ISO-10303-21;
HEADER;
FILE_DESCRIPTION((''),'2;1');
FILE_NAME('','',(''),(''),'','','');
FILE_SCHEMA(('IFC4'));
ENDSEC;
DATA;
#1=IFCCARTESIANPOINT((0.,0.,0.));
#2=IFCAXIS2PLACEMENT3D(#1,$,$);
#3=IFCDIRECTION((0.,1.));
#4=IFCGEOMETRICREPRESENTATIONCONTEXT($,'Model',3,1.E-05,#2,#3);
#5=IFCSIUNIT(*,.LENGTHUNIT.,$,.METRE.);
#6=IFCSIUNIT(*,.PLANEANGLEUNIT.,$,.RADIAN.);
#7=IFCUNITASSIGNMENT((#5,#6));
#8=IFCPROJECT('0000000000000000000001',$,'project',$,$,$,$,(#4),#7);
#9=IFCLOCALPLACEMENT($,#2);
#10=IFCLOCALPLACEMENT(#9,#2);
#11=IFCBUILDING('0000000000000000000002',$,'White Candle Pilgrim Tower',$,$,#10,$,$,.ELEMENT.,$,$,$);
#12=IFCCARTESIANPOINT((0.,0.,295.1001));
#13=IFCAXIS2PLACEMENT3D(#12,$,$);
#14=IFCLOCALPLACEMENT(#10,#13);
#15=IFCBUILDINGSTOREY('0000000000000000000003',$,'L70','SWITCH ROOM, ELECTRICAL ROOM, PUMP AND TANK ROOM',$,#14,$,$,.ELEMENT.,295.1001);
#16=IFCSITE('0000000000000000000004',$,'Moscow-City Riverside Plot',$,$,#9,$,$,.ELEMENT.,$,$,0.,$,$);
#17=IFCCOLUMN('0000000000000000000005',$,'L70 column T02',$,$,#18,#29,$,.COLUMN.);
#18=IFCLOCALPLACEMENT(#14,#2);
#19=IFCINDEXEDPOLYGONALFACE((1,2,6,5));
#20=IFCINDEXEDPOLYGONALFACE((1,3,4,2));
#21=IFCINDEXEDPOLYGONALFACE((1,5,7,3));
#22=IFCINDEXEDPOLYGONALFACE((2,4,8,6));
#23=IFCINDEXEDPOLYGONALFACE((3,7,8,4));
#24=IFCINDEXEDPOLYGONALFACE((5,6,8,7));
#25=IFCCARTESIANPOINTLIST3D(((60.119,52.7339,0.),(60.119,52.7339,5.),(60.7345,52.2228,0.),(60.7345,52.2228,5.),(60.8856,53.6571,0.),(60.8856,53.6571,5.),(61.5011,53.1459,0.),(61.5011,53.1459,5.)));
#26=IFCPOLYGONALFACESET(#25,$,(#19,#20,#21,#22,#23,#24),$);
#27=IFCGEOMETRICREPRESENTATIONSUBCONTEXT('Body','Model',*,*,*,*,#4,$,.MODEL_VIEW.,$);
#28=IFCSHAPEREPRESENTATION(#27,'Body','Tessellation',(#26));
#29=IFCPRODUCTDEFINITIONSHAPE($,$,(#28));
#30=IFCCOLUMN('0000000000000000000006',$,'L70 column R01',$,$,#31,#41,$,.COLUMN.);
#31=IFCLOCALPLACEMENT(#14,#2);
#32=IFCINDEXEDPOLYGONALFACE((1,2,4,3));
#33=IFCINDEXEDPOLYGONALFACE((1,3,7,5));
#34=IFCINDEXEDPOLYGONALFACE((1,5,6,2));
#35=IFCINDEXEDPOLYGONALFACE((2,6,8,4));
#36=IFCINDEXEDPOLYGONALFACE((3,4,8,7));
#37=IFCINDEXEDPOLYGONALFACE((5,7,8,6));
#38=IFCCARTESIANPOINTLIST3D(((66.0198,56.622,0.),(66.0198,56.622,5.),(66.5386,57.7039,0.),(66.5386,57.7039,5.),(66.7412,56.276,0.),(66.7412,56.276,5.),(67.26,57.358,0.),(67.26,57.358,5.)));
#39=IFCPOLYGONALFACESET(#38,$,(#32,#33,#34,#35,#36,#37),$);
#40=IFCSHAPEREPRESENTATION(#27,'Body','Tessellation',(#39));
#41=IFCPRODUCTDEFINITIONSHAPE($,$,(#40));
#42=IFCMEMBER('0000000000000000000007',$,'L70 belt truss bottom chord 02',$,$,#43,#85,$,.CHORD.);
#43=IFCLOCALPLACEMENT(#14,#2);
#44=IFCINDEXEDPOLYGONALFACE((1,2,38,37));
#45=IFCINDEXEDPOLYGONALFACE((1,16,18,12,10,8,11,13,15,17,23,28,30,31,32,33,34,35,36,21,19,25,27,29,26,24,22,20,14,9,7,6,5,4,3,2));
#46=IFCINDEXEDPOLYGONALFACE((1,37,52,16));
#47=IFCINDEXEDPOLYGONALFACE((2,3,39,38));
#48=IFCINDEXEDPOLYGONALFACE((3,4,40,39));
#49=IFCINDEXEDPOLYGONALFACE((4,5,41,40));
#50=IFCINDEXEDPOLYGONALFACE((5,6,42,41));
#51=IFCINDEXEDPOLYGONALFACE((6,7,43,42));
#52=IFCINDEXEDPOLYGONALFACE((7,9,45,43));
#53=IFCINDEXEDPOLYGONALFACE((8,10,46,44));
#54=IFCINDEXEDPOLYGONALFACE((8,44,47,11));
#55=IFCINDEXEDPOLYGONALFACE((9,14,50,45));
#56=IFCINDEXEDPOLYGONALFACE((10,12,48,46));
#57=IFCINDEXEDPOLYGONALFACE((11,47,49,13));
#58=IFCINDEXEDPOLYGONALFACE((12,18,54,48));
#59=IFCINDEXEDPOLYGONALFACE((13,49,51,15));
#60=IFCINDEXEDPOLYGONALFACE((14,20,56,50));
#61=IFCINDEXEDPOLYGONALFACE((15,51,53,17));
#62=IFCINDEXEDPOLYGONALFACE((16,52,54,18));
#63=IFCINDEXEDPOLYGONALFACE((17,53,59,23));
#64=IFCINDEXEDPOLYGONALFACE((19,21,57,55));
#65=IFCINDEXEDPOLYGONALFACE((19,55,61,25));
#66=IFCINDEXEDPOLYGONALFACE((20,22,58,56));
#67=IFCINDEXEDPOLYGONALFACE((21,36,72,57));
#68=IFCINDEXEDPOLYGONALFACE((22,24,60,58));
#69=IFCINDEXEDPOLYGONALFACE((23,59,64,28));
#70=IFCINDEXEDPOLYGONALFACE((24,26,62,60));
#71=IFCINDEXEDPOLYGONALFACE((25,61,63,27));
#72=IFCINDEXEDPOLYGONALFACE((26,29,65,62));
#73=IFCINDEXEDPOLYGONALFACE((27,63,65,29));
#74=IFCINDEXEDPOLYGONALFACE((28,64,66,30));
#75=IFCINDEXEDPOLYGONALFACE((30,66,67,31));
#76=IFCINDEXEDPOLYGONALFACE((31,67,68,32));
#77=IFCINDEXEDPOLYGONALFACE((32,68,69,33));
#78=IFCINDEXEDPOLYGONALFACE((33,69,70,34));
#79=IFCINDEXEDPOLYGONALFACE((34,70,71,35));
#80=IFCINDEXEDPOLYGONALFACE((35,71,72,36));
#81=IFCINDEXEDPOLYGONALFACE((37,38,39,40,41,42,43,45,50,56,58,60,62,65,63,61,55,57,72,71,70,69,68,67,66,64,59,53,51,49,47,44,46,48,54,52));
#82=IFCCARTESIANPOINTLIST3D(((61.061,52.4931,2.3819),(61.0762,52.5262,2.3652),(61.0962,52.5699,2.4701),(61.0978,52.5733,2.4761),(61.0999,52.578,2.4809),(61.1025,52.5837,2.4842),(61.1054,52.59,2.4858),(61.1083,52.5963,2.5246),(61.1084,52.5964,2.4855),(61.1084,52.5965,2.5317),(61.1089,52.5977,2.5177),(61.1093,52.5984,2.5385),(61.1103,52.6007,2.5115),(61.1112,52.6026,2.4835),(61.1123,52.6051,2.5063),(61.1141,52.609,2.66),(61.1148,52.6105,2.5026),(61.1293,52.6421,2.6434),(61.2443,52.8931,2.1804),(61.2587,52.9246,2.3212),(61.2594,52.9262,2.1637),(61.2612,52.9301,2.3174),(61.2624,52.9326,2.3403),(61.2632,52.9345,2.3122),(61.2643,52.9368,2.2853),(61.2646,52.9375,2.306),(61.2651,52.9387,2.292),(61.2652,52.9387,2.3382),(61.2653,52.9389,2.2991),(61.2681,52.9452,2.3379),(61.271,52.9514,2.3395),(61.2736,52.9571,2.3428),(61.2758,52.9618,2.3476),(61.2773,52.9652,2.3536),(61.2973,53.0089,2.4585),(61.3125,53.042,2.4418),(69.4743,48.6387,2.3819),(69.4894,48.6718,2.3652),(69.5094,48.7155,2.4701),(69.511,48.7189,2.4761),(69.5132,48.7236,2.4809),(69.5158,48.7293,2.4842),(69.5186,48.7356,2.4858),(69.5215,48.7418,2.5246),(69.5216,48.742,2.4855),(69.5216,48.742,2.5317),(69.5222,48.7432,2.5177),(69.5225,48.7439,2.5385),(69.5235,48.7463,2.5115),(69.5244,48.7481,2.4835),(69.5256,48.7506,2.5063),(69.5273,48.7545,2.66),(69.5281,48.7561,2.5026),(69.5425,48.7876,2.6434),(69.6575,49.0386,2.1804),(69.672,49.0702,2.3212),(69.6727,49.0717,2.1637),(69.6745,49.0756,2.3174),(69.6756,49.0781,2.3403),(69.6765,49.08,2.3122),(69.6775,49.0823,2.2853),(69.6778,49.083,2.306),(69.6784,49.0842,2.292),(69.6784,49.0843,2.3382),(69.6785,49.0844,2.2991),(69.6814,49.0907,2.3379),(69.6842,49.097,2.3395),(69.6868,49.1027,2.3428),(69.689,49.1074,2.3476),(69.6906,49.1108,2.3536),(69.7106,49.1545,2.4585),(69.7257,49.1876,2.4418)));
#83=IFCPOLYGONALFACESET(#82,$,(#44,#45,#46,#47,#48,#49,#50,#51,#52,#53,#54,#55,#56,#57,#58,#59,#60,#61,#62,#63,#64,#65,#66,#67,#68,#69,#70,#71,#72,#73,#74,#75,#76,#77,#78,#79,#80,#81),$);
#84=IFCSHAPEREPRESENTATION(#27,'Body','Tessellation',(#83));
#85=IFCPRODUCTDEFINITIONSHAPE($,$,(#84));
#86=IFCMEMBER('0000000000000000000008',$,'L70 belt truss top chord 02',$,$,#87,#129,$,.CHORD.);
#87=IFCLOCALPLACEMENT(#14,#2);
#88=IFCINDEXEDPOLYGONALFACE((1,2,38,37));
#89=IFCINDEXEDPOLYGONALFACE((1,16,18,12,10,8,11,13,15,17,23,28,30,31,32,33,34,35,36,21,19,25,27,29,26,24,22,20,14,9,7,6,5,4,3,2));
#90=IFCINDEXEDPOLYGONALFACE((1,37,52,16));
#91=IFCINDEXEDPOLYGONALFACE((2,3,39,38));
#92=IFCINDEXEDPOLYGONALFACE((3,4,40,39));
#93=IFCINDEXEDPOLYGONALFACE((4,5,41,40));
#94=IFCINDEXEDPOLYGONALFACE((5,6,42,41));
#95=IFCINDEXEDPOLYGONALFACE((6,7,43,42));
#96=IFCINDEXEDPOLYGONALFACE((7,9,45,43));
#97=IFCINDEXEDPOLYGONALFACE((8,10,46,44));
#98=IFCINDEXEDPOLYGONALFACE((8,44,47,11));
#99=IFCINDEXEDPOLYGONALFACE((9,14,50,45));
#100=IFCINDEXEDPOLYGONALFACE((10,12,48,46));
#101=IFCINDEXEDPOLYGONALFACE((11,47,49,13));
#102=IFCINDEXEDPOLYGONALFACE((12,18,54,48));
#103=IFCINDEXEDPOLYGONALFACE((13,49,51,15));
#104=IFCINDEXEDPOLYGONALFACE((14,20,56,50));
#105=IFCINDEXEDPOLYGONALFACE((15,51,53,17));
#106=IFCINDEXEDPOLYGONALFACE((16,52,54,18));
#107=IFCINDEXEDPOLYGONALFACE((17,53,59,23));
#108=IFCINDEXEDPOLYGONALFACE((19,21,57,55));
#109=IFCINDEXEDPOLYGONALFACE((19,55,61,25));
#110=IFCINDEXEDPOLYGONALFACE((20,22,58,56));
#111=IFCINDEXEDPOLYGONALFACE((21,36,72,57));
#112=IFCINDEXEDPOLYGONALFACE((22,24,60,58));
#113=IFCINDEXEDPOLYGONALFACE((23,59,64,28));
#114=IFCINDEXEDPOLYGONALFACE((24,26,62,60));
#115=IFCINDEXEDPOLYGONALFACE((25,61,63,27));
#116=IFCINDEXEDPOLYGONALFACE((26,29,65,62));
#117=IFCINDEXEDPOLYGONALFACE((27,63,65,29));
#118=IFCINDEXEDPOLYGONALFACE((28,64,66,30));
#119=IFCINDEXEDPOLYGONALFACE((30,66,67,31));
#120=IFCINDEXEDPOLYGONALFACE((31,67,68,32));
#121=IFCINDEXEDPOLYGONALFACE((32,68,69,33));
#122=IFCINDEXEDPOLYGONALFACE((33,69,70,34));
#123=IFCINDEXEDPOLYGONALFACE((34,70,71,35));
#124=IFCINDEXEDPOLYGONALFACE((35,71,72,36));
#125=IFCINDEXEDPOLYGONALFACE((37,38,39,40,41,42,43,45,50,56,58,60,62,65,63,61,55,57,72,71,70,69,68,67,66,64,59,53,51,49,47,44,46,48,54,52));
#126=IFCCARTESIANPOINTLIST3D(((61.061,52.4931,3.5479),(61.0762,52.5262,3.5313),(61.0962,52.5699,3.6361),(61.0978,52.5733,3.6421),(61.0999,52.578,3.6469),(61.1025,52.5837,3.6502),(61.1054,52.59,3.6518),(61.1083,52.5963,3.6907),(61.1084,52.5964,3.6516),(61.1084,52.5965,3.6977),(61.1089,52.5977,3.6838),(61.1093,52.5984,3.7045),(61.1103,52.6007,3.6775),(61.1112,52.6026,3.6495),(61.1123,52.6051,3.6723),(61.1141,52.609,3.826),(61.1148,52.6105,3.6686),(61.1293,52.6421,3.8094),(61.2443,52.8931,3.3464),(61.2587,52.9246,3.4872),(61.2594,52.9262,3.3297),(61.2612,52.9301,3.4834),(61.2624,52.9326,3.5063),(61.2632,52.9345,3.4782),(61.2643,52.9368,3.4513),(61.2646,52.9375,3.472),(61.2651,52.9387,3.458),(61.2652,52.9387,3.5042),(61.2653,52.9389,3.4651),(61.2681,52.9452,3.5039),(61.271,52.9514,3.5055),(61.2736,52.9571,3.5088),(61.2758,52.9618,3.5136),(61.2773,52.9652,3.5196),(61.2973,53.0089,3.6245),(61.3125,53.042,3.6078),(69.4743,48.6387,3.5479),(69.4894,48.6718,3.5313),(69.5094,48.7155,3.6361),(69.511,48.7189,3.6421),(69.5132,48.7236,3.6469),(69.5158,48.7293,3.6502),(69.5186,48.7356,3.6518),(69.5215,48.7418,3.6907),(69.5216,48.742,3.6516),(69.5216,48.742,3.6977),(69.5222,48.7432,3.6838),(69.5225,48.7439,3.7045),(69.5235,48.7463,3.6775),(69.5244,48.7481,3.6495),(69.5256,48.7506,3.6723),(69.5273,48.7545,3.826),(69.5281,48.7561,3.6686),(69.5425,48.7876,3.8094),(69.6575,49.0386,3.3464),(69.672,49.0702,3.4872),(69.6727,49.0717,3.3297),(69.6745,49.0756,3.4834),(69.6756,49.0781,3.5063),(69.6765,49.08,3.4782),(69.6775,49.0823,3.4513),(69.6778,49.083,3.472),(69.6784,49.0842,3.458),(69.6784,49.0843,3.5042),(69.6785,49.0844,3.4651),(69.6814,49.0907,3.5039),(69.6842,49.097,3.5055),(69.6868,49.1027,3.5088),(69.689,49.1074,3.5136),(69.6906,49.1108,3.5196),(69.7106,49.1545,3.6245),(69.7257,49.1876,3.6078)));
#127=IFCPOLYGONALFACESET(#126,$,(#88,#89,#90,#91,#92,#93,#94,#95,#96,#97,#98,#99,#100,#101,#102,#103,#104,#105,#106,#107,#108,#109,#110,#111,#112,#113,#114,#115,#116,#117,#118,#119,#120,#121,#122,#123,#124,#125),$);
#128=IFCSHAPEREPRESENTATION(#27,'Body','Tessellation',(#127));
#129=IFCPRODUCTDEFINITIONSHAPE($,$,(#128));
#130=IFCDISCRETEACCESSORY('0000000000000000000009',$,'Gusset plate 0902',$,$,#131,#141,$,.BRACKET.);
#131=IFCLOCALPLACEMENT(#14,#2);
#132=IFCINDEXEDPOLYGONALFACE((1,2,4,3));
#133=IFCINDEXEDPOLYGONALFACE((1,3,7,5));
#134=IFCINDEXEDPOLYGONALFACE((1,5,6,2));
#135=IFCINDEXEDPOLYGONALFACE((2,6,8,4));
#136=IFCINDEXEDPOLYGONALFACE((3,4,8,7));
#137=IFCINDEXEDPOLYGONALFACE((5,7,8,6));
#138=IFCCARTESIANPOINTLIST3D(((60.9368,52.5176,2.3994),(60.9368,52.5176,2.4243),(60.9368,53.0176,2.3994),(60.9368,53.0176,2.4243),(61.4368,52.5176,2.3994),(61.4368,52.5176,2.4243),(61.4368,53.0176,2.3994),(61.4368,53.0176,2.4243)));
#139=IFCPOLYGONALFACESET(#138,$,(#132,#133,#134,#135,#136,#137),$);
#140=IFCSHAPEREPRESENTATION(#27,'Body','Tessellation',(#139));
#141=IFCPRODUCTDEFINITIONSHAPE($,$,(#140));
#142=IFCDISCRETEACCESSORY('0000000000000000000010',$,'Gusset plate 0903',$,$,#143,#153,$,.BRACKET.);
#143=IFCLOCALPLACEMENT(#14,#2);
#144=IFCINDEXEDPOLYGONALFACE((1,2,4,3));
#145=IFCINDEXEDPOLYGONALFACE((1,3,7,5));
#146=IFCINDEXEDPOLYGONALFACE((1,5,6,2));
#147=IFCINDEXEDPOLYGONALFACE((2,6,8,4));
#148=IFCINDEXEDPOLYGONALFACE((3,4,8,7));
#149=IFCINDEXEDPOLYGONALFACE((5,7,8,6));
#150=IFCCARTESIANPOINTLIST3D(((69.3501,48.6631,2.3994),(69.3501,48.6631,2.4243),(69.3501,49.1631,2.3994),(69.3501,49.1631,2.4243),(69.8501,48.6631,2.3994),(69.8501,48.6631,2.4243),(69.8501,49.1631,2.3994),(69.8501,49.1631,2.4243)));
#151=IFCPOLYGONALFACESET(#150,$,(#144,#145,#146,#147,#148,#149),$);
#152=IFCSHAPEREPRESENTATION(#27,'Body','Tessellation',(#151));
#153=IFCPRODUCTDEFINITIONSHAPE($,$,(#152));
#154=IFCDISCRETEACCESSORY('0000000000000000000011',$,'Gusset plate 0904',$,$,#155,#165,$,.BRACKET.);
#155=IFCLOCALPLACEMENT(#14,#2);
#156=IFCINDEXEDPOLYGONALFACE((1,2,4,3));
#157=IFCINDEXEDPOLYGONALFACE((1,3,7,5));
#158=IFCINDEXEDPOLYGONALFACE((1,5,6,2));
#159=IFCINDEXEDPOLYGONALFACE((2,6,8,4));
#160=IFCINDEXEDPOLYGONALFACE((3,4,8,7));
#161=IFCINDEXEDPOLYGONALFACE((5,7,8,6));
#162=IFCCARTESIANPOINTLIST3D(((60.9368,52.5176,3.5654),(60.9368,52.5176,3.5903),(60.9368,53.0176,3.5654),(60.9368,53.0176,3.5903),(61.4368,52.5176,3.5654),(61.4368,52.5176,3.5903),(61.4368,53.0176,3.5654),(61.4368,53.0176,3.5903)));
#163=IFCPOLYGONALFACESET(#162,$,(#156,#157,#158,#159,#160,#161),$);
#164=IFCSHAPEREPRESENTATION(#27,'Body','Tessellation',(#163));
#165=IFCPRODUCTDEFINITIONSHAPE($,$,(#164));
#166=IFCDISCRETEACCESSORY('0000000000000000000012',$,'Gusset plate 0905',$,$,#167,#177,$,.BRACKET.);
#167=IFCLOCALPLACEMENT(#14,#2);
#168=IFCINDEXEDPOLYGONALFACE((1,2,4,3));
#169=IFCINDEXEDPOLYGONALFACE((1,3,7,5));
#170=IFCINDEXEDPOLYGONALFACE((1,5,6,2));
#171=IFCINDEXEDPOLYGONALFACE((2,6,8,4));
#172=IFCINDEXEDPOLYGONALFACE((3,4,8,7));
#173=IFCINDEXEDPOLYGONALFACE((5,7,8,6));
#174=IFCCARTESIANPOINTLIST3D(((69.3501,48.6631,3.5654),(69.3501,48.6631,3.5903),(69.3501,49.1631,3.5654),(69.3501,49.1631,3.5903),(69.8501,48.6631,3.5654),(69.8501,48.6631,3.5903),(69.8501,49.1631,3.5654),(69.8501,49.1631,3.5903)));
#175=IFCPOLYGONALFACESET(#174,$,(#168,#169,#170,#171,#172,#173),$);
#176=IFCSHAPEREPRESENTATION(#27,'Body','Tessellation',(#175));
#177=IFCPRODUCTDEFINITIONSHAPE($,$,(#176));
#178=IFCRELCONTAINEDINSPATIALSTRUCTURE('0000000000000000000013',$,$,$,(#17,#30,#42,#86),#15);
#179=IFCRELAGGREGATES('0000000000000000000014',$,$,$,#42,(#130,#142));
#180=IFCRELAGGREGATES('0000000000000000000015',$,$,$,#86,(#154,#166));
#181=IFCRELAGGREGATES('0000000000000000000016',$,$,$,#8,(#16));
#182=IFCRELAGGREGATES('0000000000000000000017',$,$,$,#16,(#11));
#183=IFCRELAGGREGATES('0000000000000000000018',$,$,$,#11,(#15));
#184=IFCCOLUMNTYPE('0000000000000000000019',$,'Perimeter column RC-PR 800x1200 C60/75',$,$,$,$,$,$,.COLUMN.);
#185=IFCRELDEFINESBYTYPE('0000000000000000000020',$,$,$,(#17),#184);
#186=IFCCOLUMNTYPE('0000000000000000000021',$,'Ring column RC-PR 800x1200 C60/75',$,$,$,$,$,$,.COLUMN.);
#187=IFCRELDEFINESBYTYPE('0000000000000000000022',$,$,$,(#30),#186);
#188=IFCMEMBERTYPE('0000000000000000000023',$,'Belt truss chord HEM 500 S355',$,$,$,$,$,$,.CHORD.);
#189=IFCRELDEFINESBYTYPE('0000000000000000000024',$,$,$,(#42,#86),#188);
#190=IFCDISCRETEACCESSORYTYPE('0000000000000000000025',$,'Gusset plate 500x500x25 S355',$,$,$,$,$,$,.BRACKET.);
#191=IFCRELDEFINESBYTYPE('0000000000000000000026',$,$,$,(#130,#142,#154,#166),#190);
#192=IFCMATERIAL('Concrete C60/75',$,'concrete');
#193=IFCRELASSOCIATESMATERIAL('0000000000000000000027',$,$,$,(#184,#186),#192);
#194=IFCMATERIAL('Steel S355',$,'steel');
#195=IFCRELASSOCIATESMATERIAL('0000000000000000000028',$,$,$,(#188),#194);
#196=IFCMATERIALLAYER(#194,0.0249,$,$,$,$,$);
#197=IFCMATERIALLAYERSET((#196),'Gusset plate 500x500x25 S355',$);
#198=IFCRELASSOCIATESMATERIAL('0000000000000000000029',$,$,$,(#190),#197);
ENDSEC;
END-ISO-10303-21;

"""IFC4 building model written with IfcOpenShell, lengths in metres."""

from ifc_helpers import new_model, si_unit, direction, frame, origin, origin_2d, place, context, subcontext, project, spatial, rectangle, i_section, extrude, material, layer, layer_set, material_profile, profile_set, type_object, element, aggregate, save


model = new_model("IFC4")

# Units and contexts
model_context = context("Model", 3, precision=1e-05, world=origin(), true_north=direction((0.0, 1.0)))
body_context = subcontext(model_context, "Body", "Model", "MODEL_VIEW")
ifc_project = project(units=[si_unit("LENGTHUNIT", "METRE"), si_unit("PLANEANGLEUNIT", "RADIAN")], contexts=[model_context])

# Site, building, storey
site_placement = place(None, origin())
site = spatial("IfcSite", under=ifc_project, at=site_placement, Name="Moscow-City Riverside Plot", CompositionType="ELEMENT", RefElevation=0.0)
building_placement = place(site_placement, origin())
building = spatial("IfcBuilding", under=site, at=building_placement, Name="White Candle Pilgrim Tower", CompositionType="ELEMENT")
storey_placement = place(building_placement, frame((0.0, 0.0, 295.1001)))
storey = spatial("IfcBuildingStorey", under=building, at=storey_placement, Name="L70", Description="SWITCH ROOM, ELECTRICAL ROOM, PUMP AND TANK ROOM", CompositionType="ELEMENT", Elevation=295.1001)

# Columns
ifc_material_1 = material(Name="Concrete C60/75", Category="concrete")
ifc_material_profile_1 = material_profile(ifc_material_1, rectangle(XDim=0.8, YDim=1.2, at=origin_2d()), Name="RC-PR 800x1200")
ifc_profile_set_1 = profile_set([ifc_material_profile_1], Name="Concrete C60/75")
column_type_1 = type_object("IfcColumnType", Name="Perimeter column RC-PR 800x1200 C60/75", PredefinedType="COLUMN", material=ifc_profile_set_1)
column_1_placement = place(storey_placement, frame((60.8101, 52.9399, 0.0), z_axis=(0.0, 0.0, 1.0), x_axis=(-0.76931, 0.638875, 0.0)))
element("IfcColumn", 1, at=column_1_placement, inside=storey, type_object=column_type_1, Name="L70 column T02", PredefinedType="COLUMN", context=body_context, shape_type="SweptSolid", body=[
    extrude(rectangle(XDim=0.8, YDim=1.2, at=origin_2d()), origin(), (0.0, 0.0, 1.0), 5.0),
])
ifc_material_profile_2 = material_profile(ifc_material_1, rectangle(XDim=0.8, YDim=1.2, at=origin_2d()), Name="RC-PR 800x1200")
ifc_profile_set_2 = profile_set([ifc_material_profile_2], Name="Concrete C60/75")
column_type_2 = type_object("IfcColumnType", Name="Ring column RC-PR 800x1200 C60/75", PredefinedType="COLUMN", material=ifc_profile_set_2)
column_2_placement = place(storey_placement, frame((66.6399, 56.99, 0.0), z_axis=(0.0, 0.0, 1.0), x_axis=(-0.901689, 0.432385, 0.0)))
element("IfcColumn", 2, at=column_2_placement, inside=storey, type_object=column_type_2, Name="L70 column R01", PredefinedType="COLUMN", context=body_context, shape_type="SweptSolid", body=[
    extrude(rectangle(XDim=0.8, YDim=1.2, at=origin_2d()), origin(), (0.0, 0.0, 1.0), 5.0),
])

# Members
ifc_material_2 = material(Name="Steel S355", Category="steel")
ifc_material_profile_3 = material_profile(ifc_material_2, i_section(OverallWidth=0.3059, OverallDepth=0.5239, WebThickness=0.021, FlangeThickness=0.04, FilletRadius=0.0271, at=origin_2d()), Name="HEM 500")
ifc_profile_set_3 = profile_set([ifc_material_profile_3], Name="Steel S355")
member_type_1 = type_object("IfcMemberType", Name="Belt truss chord HEM 500 S355", PredefinedType="CHORD", material=ifc_profile_set_3)
member_1_placement = place(storey_placement, frame((61.1868, 52.7676, 2.4119), z_axis=(0.909131, -0.41651, 0.0), x_axis=(0.173474, 0.378648, 0.909138)))
member_1 = element("IfcMember", 3, at=member_1_placement, inside=storey, type_object=member_type_1, Name="L70 belt truss bottom chord 02", PredefinedType="CHORD", context=body_context, shape_type="SweptSolid", body=[
    extrude(i_section(OverallWidth=0.3059, OverallDepth=0.5239, WebThickness=0.021, FlangeThickness=0.04, FilletRadius=0.0271, at=origin_2d()), origin(), (0.0, 0.0, 1.0), 9.2542),
])
member_2_placement = place(storey_placement, frame((61.1868, 52.7676, 3.5779), z_axis=(0.909131, -0.41651, 0.0), x_axis=(0.173474, 0.378648, 0.909138)))
member_2 = element("IfcMember", 4, at=member_2_placement, inside=storey, type_object=member_type_1, Name="L70 belt truss top chord 02", PredefinedType="CHORD", context=body_context, shape_type="SweptSolid", body=[
    extrude(i_section(OverallWidth=0.3059, OverallDepth=0.5239, WebThickness=0.021, FlangeThickness=0.04, FilletRadius=0.0271, at=origin_2d()), origin(), (0.0, 0.0, 1.0), 9.2542),
])

# Discrete accessories
ifc_layer_1 = layer(ifc_material_2, 0.0249)
ifc_layer_set_1 = layer_set([ifc_layer_1], Name="Gusset plate 500x500x25 S355")
discrete_accessory_type = type_object("IfcDiscreteAccessoryType", Name="Gusset plate 500x500x25 S355", PredefinedType="BRACKET", material=ifc_layer_set_1)
discrete_accessory_1_placement = place(storey_placement, frame((61.1868, 52.7676, 2.3994), z_axis=(0.0, 0.0, 1.0), x_axis=(1.0, 0.0, 0.0)))
discrete_accessory_1 = element("IfcDiscreteAccessory", 5, at=discrete_accessory_1_placement, type_object=discrete_accessory_type, Name="Gusset plate 0902", PredefinedType="BRACKET", context=body_context, shape_type="SweptSolid", body=[
    extrude(rectangle(XDim=0.5, YDim=0.5, at=origin_2d()), origin(), (0.0, 0.0, 1.0), 0.0249),
])
discrete_accessory_2_placement = place(storey_placement, frame((69.6001, 48.9131, 2.3994), z_axis=(0.0, 0.0, 1.0), x_axis=(1.0, 0.0, 0.0)))
discrete_accessory_2 = element("IfcDiscreteAccessory", 6, at=discrete_accessory_2_placement, type_object=discrete_accessory_type, Name="Gusset plate 0903", PredefinedType="BRACKET", context=body_context, shape_type="SweptSolid", body=[
    extrude(rectangle(XDim=0.5, YDim=0.5, at=origin_2d()), origin(), (0.0, 0.0, 1.0), 0.0249),
])
aggregate(member_1, [discrete_accessory_1, discrete_accessory_2])
discrete_accessory_3_placement = place(storey_placement, frame((61.1868, 52.7676, 3.5654), z_axis=(0.0, 0.0, 1.0), x_axis=(1.0, 0.0, 0.0)))
discrete_accessory_3 = element("IfcDiscreteAccessory", 7, at=discrete_accessory_3_placement, type_object=discrete_accessory_type, Name="Gusset plate 0904", PredefinedType="BRACKET", context=body_context, shape_type="SweptSolid", body=[
    extrude(rectangle(XDim=0.5, YDim=0.5, at=origin_2d()), origin(), (0.0, 0.0, 1.0), 0.0249),
])
discrete_accessory_4_placement = place(storey_placement, frame((69.6001, 48.9131, 3.5654), z_axis=(0.0, 0.0, 1.0), x_axis=(1.0, 0.0, 0.0)))
discrete_accessory_4 = element("IfcDiscreteAccessory", 8, at=discrete_accessory_4_placement, type_object=discrete_accessory_type, Name="Gusset plate 0905", PredefinedType="BRACKET", context=body_context, shape_type="SweptSolid", body=[
    extrude(rectangle(XDim=0.5, YDim=0.5, at=origin_2d()), origin(), (0.0, 0.0, 1.0), 0.0249),
])
aggregate(member_2, [discrete_accessory_3, discrete_accessory_4])

save(model, "model.ifc")
